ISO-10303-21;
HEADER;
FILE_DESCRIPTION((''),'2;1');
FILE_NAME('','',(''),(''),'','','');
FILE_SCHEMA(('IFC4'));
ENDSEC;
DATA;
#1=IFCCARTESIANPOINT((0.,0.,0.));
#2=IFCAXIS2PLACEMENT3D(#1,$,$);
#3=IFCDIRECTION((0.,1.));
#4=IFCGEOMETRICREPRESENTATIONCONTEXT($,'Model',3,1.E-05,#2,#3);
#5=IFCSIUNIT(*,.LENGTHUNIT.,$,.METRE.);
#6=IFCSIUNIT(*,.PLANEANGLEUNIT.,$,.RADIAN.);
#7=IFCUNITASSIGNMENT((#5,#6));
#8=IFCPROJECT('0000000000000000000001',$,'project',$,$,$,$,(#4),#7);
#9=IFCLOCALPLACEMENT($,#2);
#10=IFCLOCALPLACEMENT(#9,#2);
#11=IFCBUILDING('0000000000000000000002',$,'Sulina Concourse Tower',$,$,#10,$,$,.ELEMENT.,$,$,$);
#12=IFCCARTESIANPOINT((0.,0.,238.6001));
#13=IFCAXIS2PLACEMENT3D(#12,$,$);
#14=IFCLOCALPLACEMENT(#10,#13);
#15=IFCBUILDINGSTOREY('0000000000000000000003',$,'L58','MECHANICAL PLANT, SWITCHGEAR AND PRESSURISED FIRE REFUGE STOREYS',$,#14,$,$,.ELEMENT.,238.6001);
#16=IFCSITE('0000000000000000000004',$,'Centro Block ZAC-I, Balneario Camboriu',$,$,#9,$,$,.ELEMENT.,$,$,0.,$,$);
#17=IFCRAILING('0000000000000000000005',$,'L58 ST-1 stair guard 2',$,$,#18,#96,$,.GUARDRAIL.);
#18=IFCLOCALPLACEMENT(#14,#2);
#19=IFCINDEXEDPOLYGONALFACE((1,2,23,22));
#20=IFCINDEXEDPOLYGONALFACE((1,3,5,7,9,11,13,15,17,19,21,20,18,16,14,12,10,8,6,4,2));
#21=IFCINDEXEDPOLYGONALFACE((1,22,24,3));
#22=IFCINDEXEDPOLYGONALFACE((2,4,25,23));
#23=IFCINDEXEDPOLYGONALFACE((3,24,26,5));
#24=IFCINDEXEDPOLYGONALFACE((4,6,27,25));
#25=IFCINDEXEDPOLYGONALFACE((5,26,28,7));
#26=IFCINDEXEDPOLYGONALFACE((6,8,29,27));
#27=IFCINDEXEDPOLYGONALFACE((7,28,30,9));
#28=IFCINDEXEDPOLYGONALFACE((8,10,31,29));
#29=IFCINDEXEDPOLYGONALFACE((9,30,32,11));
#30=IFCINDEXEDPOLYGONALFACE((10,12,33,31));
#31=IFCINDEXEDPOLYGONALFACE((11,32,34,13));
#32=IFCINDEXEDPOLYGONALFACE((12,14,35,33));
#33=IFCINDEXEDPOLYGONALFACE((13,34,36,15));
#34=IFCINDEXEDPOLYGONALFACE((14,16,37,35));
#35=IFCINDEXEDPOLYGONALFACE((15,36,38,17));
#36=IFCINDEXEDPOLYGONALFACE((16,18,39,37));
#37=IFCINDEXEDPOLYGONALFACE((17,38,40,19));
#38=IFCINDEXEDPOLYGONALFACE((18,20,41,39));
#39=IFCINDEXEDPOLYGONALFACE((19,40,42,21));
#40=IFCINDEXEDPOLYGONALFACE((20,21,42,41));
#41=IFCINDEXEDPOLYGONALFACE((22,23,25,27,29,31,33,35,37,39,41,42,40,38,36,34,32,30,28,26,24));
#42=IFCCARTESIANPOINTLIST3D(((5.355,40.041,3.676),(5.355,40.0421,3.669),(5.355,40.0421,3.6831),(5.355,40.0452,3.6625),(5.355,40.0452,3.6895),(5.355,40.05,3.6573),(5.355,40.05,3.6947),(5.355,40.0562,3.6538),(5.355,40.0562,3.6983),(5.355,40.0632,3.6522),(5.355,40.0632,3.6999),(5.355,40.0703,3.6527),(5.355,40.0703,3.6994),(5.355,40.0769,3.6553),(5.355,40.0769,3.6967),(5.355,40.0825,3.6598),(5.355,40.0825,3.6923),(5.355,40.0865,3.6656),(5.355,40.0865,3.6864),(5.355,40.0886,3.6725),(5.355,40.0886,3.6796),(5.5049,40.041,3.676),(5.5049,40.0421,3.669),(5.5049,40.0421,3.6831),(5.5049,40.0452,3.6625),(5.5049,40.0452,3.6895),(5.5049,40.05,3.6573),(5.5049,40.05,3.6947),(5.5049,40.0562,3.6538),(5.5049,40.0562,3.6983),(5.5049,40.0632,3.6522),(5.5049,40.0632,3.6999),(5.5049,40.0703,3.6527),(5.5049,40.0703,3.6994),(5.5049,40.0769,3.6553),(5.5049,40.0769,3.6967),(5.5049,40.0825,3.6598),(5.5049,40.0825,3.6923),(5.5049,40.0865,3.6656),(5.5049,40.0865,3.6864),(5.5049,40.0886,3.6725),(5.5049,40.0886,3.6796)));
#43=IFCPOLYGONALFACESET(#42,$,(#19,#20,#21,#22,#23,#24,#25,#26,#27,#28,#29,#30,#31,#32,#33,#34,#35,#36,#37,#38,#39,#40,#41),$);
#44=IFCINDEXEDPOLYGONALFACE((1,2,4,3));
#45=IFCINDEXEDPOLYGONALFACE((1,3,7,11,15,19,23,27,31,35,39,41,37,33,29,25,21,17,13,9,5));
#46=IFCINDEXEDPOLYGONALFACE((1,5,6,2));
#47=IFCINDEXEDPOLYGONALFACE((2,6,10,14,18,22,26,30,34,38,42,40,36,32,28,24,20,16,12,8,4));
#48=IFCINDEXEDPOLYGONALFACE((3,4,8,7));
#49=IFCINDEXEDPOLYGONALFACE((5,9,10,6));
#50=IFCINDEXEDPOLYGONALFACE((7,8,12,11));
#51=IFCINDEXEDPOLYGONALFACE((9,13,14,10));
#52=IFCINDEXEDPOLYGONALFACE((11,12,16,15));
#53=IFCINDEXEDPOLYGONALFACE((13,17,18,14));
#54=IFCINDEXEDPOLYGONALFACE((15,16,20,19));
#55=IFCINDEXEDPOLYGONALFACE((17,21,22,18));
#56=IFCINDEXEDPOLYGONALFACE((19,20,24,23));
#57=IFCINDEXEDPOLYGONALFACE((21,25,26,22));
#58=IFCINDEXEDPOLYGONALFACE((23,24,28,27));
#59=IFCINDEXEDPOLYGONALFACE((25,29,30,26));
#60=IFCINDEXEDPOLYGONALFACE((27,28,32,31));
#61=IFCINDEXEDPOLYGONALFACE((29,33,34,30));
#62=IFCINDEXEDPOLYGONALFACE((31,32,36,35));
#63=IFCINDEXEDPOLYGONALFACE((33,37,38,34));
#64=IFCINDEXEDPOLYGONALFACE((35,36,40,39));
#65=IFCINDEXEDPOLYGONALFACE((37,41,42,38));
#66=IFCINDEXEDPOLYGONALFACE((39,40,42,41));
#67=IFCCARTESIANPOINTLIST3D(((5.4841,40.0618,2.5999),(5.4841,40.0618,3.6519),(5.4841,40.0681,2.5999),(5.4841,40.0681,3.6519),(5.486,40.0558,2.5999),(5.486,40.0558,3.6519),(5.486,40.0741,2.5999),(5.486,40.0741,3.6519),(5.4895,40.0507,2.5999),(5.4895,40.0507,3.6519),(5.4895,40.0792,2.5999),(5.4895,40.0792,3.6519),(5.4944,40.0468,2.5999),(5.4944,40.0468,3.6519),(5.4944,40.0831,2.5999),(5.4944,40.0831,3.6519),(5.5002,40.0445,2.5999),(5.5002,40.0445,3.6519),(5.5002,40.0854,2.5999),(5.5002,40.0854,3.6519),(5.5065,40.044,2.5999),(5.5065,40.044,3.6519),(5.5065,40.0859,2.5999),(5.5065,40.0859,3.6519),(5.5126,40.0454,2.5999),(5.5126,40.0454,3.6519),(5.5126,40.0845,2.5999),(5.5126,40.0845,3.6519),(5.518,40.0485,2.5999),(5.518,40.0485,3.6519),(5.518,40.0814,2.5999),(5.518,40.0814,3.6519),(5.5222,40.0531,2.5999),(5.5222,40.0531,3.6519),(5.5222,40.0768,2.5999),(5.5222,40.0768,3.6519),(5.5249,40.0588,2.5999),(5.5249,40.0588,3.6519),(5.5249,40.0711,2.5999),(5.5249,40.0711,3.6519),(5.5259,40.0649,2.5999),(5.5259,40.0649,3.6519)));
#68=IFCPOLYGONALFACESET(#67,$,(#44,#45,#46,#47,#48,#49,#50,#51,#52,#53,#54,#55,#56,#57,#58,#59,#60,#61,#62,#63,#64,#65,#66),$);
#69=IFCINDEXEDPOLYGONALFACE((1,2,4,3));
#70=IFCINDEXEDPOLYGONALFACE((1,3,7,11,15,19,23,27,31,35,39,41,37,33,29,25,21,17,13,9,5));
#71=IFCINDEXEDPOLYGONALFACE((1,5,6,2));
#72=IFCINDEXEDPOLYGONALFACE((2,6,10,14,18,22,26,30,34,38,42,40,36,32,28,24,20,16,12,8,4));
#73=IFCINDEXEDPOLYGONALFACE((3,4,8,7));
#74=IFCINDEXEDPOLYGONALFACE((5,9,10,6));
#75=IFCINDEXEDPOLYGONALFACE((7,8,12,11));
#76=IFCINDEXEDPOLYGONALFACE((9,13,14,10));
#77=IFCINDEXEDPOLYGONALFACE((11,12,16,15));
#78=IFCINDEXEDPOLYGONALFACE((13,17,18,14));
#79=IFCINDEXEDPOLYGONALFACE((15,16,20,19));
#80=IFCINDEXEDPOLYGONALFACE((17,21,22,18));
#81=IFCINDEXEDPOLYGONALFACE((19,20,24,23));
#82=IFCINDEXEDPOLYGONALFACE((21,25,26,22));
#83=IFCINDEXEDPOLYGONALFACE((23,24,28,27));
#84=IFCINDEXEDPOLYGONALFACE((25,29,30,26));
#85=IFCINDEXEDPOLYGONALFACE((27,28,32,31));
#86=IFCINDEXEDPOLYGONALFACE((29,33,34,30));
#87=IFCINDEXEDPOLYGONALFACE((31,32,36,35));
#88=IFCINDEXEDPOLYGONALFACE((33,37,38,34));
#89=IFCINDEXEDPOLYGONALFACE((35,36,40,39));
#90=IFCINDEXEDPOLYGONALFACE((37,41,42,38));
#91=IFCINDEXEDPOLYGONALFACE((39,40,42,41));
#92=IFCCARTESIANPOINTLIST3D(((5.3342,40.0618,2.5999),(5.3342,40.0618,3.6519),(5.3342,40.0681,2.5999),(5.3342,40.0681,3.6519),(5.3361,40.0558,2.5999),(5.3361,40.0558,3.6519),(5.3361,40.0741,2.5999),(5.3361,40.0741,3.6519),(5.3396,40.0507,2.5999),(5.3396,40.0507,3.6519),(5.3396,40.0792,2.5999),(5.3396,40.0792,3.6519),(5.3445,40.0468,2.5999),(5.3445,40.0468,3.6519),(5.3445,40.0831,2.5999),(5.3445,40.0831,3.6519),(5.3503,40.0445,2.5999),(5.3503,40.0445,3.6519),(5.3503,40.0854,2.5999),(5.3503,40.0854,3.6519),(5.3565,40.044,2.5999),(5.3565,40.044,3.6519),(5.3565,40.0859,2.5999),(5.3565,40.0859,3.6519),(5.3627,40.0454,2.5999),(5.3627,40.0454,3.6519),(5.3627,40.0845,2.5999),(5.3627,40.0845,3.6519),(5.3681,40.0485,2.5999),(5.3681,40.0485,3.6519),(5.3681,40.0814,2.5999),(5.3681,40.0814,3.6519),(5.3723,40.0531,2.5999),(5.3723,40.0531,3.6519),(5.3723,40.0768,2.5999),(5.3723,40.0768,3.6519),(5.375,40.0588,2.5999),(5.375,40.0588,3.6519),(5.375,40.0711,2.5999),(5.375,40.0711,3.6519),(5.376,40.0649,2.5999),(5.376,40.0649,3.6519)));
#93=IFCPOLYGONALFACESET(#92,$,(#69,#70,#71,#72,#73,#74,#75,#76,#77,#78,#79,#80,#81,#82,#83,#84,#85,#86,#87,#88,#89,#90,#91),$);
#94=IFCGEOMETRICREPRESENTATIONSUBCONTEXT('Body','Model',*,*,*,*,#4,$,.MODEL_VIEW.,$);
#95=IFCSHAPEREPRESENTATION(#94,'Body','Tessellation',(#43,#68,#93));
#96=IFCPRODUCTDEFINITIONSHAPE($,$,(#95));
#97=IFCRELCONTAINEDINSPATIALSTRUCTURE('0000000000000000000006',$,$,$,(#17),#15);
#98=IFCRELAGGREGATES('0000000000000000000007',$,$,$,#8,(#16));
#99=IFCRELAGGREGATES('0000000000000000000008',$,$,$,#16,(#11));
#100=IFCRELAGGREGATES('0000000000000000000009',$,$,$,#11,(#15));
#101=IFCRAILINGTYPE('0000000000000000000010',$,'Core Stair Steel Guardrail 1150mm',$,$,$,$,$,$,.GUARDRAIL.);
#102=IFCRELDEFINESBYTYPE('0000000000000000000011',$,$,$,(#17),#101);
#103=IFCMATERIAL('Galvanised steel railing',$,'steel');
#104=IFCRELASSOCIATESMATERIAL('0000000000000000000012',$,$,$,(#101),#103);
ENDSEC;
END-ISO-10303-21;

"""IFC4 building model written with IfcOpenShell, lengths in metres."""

from ifc_helpers import new_model, si_unit, direction, frame, origin, origin_2d, place, context, subcontext, project, spatial, circle, extrude, material, type_object, element, save


model = new_model("IFC4")

# Units and contexts
model_context = context("Model", 3, precision=1e-05, world=origin(), true_north=direction((0.0, 1.0)))
body_context = subcontext(model_context, "Body", "Model", "MODEL_VIEW")
ifc_project = project(units=[si_unit("LENGTHUNIT", "METRE"), si_unit("PLANEANGLEUNIT", "RADIAN")], contexts=[model_context])

# Site, building, storey
site_placement = place(None, origin())
site = spatial("IfcSite", under=ifc_project, at=site_placement, Name="Centro Block ZAC-I, Balneario Camboriu", CompositionType="ELEMENT", RefElevation=0.0)
building_placement = place(site_placement, origin())
building = spatial("IfcBuilding", under=site, at=building_placement, Name="Sulina Concourse Tower", CompositionType="ELEMENT")
storey_placement = place(building_placement, frame((0.0, 0.0, 238.6001)))
storey = spatial("IfcBuildingStorey", under=building, at=storey_placement, Name="L58", Description="MECHANICAL PLANT, SWITCHGEAR AND PRESSURISED FIRE REFUGE STOREYS", CompositionType="ELEMENT", Elevation=238.6001)

# Railing
ifc_material_1 = material(Name="Galvanised steel railing", Category="steel")
railing_type_1 = type_object("IfcRailingType", Name="Core Stair Steel Guardrail 1150mm", PredefinedType="GUARDRAIL", material=ifc_material_1)
railing_1_placement = place(storey_placement, frame((5.5049, 40.0649, 2.5999)))
element("IfcRailing", 1, at=railing_1_placement, inside=storey, type_object=railing_type_1, Name="L58 ST-1 stair guard 2", PredefinedType="GUARDRAIL", context=body_context, shape_type="SweptSolid", body=[
    extrude(circle(Radius=0.0239, at=origin_2d()), frame((0.0, 0.0, 1.0762), z_axis=(-1.0, 0.0, 0.0), x_axis=(0.0, -1.0, 0.0)), (0.0, 0.0, 1.0), 0.1499),
    extrude(circle(Radius=0.021, at=origin_2d()), origin(), (0.0, 0.0, 1.0), 1.052),
    extrude(circle(Radius=0.021, at=origin_2d()), frame((-0.1499, 0.0, 0.0)), (0.0, 0.0, 1.0), 1.052),
])

save(model, "model.ifc")
